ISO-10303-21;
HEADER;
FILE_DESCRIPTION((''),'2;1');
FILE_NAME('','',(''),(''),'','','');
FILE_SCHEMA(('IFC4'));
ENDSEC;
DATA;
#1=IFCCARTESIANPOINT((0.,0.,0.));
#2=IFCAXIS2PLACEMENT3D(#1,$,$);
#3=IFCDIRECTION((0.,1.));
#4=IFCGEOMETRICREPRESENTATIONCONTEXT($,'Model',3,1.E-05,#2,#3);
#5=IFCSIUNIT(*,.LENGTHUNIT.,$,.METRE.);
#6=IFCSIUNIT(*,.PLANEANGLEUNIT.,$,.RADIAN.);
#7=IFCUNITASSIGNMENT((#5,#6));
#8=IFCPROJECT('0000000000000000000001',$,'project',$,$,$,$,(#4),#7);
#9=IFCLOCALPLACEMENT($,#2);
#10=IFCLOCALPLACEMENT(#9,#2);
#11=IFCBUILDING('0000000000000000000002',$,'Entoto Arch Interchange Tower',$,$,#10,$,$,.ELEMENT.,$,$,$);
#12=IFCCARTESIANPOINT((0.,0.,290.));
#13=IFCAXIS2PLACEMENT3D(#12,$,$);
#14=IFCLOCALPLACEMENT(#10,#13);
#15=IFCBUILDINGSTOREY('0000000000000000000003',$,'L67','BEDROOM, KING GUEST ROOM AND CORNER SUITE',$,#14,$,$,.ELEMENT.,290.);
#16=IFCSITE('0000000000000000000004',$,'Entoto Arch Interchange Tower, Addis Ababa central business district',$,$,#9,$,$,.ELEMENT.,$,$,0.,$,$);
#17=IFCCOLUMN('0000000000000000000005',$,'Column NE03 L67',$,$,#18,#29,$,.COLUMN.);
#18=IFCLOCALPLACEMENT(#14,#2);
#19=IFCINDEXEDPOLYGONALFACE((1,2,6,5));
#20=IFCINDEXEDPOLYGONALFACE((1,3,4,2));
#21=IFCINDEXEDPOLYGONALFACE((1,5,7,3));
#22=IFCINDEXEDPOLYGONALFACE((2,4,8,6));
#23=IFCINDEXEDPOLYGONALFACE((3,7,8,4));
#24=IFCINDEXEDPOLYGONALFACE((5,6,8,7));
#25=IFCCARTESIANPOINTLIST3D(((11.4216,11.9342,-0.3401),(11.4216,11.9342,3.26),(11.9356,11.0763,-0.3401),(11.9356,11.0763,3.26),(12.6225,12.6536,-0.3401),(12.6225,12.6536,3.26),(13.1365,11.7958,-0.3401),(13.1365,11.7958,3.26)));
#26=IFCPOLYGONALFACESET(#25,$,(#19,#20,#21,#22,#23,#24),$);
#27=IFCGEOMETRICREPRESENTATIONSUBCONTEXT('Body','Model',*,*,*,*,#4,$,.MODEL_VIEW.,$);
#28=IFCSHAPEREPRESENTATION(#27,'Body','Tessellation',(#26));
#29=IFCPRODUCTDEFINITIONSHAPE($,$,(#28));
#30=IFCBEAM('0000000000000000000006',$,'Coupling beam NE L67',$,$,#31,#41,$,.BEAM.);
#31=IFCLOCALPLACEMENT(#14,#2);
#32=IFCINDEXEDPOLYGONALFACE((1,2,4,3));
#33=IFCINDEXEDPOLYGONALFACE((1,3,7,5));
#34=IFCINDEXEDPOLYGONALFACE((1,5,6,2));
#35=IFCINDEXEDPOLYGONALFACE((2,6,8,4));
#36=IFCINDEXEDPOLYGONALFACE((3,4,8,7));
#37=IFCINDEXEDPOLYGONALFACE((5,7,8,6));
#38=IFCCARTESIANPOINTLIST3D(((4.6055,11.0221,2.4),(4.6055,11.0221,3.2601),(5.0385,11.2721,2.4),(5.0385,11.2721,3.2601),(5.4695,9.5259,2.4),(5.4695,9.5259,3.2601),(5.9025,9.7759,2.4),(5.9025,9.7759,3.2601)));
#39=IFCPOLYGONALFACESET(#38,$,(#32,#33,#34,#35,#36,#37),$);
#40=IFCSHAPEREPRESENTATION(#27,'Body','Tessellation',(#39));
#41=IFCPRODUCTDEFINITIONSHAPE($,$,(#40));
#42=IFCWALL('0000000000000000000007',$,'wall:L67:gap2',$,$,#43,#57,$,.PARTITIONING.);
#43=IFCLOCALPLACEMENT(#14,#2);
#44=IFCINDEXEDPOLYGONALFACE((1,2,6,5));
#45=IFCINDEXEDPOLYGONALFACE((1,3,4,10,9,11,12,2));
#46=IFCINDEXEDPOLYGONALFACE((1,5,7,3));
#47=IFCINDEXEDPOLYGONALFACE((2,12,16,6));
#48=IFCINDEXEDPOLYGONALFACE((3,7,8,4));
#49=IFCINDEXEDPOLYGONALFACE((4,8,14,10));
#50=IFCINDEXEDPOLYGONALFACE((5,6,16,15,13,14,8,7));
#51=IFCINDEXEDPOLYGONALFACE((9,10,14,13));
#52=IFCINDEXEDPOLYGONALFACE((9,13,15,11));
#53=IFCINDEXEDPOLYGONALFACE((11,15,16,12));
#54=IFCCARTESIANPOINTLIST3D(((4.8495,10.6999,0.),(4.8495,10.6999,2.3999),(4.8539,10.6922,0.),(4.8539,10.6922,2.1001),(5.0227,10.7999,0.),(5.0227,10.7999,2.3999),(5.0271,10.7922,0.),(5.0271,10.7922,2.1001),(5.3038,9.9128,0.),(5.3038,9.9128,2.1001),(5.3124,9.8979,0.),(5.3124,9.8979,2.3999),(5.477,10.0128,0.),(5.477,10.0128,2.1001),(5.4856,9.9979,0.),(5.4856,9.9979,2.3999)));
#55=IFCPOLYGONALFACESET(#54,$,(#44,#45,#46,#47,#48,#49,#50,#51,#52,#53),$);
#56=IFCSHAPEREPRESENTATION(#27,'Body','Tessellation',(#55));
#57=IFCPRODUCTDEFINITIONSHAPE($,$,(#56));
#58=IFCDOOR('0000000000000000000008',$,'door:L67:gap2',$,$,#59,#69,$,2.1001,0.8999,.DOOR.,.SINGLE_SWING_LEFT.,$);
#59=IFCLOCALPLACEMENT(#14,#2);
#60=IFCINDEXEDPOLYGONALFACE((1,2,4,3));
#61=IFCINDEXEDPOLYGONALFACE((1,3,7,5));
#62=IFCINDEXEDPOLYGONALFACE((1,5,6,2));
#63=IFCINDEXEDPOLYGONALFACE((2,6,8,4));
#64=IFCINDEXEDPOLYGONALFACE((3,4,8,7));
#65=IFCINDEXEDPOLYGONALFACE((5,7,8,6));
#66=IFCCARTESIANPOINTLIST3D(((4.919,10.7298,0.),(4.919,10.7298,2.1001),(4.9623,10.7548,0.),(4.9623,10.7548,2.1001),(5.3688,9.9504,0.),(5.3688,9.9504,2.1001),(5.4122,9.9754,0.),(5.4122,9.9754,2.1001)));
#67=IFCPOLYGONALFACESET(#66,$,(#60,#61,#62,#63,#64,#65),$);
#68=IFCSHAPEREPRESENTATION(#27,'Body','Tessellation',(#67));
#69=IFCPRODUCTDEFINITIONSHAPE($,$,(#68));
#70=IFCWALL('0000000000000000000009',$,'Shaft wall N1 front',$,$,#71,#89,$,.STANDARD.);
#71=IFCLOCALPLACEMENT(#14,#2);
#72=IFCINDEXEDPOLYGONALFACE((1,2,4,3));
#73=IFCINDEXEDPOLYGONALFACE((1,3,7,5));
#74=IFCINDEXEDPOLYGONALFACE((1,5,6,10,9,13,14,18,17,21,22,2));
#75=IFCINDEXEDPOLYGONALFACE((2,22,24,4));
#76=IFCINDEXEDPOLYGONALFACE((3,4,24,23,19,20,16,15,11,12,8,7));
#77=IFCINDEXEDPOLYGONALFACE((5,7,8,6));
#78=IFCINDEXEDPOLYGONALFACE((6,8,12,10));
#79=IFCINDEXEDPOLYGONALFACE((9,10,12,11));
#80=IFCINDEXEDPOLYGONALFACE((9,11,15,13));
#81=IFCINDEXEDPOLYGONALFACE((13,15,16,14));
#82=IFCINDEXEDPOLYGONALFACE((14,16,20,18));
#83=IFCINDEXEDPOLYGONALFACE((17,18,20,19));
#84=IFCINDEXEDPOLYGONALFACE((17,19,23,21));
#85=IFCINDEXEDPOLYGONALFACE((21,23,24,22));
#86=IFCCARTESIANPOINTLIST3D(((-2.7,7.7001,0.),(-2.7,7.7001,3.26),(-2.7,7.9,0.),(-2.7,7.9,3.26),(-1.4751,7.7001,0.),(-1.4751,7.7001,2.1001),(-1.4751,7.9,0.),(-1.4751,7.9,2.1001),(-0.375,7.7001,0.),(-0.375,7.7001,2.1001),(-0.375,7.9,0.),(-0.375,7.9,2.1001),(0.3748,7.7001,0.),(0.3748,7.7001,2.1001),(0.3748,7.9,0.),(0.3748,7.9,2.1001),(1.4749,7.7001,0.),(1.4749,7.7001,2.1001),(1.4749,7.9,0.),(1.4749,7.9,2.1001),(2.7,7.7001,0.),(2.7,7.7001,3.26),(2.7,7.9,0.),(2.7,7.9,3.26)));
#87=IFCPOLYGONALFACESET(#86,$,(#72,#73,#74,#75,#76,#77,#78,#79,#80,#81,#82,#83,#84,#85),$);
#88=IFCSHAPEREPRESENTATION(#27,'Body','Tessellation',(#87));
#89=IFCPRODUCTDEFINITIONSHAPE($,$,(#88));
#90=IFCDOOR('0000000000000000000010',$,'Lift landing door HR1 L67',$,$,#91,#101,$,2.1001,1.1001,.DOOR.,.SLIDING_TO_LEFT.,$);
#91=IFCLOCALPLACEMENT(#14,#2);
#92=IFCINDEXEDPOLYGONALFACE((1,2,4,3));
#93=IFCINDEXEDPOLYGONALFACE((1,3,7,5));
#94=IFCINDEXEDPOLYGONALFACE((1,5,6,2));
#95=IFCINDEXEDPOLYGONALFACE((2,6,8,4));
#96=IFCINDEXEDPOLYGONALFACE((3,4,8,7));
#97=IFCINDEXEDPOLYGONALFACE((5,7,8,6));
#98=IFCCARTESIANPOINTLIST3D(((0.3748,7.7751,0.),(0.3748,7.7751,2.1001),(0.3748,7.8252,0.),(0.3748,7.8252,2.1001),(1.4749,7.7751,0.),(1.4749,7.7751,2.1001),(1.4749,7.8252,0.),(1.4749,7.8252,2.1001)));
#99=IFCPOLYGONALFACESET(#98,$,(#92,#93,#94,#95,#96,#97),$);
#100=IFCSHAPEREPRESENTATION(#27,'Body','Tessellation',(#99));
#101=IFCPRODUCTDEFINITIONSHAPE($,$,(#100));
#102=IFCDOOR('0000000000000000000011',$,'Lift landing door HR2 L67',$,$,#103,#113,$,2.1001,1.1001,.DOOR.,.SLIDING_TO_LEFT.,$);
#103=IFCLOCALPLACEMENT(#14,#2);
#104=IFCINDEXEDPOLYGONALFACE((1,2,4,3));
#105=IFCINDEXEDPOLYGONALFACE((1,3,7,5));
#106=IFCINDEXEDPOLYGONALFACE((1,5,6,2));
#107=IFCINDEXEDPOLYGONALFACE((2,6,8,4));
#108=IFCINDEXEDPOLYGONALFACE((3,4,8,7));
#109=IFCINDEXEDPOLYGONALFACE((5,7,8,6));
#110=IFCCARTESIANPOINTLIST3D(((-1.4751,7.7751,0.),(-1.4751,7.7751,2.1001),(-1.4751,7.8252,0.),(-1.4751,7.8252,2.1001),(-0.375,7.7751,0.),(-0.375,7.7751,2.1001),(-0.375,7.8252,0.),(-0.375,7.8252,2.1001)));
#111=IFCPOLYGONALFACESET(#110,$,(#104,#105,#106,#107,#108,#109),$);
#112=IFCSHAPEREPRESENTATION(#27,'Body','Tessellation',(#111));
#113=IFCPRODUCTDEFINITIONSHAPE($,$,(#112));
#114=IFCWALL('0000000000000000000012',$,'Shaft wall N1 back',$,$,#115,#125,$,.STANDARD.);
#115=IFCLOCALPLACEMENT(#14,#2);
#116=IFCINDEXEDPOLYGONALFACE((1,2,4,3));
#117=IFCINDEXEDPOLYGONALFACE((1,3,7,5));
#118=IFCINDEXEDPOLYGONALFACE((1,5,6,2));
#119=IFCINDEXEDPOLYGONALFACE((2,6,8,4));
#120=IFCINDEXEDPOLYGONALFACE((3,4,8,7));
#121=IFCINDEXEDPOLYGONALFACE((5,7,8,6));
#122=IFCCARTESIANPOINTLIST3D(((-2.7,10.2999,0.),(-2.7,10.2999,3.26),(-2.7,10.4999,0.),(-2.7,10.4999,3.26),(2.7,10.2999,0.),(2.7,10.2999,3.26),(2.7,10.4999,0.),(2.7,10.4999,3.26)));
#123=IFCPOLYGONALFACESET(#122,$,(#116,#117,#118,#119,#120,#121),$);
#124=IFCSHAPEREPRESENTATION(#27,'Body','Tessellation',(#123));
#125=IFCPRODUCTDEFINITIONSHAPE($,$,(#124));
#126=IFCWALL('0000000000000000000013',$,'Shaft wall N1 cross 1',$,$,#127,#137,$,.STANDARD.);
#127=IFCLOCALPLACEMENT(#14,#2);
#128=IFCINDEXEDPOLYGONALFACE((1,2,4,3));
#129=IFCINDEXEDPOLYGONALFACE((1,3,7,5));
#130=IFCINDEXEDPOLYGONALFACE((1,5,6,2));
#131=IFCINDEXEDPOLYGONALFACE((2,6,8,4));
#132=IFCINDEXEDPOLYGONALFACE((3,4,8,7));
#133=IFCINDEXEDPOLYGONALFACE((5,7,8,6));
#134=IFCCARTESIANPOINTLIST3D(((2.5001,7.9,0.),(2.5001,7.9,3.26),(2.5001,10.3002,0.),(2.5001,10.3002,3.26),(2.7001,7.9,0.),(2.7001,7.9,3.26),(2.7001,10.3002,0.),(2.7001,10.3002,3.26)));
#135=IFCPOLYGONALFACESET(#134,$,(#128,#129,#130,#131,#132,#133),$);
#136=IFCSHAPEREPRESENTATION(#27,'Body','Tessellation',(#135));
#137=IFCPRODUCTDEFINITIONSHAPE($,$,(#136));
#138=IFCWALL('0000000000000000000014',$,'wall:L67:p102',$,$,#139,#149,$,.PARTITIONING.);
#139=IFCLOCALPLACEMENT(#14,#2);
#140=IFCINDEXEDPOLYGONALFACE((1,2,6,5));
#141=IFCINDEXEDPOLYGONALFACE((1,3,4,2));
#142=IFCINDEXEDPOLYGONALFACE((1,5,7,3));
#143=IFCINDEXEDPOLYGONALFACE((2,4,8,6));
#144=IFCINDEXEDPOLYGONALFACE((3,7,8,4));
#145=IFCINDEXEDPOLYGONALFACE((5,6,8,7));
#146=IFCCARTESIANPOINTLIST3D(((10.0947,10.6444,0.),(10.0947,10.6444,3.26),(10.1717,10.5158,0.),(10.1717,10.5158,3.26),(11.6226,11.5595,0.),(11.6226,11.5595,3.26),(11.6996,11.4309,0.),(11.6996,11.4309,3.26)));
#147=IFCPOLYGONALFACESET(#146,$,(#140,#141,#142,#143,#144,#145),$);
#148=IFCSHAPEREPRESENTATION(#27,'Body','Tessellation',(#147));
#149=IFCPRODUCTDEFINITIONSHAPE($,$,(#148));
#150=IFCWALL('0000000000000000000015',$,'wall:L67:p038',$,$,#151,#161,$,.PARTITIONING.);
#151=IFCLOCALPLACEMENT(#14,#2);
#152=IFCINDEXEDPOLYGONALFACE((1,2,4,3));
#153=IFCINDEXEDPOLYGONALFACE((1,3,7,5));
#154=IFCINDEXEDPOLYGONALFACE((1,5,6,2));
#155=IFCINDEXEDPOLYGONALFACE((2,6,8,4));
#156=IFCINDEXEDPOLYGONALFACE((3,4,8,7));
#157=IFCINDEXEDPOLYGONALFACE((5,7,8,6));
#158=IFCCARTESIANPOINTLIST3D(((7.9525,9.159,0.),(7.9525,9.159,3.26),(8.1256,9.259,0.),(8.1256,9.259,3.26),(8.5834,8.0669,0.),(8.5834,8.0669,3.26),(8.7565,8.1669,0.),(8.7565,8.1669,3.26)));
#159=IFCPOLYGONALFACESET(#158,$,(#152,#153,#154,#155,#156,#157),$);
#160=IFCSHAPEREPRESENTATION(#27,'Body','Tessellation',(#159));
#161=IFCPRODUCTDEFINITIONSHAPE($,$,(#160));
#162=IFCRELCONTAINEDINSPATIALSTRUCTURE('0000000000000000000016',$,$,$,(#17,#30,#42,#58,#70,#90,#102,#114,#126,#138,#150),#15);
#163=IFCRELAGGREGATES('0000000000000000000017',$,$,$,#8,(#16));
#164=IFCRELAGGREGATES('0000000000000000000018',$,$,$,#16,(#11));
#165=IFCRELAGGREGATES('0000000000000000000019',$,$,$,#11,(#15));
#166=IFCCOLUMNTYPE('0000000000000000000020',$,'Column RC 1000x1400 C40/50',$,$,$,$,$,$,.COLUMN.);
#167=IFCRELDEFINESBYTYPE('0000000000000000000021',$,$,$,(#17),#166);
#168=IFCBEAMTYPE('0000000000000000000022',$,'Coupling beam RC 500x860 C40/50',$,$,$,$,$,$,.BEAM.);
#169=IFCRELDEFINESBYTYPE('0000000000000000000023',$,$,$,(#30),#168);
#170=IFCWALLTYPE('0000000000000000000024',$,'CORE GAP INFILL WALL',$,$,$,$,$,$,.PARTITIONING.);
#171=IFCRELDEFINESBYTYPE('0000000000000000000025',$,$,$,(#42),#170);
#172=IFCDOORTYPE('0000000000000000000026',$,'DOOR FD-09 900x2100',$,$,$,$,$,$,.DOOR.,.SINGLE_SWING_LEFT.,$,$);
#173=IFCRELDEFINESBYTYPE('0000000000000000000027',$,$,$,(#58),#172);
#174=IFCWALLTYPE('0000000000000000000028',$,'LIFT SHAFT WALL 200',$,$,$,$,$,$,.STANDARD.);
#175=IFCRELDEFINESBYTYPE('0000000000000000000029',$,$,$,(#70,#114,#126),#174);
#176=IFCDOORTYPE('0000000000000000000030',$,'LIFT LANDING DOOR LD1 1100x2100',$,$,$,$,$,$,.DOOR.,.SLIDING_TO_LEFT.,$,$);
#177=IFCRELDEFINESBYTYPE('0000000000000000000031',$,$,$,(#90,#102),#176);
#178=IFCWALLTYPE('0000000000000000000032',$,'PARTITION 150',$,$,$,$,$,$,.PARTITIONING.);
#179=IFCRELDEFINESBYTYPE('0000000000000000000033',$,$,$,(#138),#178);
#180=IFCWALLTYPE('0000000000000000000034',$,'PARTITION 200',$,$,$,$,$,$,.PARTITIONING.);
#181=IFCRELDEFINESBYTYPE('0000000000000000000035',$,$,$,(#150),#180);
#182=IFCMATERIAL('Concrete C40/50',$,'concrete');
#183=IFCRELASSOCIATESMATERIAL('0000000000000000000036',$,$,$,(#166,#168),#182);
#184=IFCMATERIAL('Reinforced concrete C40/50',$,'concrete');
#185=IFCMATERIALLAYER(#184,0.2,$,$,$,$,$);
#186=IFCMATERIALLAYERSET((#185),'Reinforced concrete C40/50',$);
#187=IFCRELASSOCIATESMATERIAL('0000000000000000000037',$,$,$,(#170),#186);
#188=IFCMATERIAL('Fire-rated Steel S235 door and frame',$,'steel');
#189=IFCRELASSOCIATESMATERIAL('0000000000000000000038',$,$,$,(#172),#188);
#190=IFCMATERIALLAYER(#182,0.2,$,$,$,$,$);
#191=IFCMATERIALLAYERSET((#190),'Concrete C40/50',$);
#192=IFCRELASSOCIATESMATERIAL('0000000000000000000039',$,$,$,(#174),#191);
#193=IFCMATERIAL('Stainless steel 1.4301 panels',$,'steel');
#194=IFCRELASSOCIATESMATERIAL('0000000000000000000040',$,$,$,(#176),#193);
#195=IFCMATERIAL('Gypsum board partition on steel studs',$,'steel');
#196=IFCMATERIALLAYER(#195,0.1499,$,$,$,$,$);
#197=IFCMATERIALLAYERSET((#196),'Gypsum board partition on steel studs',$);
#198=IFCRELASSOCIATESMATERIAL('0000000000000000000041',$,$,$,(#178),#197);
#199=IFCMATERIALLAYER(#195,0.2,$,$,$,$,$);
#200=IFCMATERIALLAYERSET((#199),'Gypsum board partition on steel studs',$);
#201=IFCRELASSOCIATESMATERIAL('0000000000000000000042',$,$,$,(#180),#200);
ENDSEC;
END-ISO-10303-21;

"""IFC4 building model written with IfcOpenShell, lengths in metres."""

from ifc_helpers import new_model, si_unit, direction, frame, frame_2d, origin, origin_2d, place, context, subcontext, project, spatial, rectangle, extrude, material, layer, layer_set, material_profile, profile_set, type_object, element, fill, save


model = new_model("IFC4")

# Units and contexts
model_context = context("Model", 3, precision=1e-05, world=origin(), true_north=direction((0.0, 1.0)))
body_context = subcontext(model_context, "Body", "Model", "MODEL_VIEW")
ifc_project = project(units=[si_unit("LENGTHUNIT", "METRE"), si_unit("PLANEANGLEUNIT", "RADIAN")], contexts=[model_context])

# Site, building, storey
site_placement = place(None, origin())
site = spatial("IfcSite", under=ifc_project, at=site_placement, Name="Entoto Arch Interchange Tower, Addis Ababa central business district", CompositionType="ELEMENT", RefElevation=0.0)
building_placement = place(site_placement, origin())
building = spatial("IfcBuilding", under=site, at=building_placement, Name="Entoto Arch Interchange Tower", CompositionType="ELEMENT")
storey_placement = place(building_placement, frame((0.0, 0.0, 290.0)))
storey = spatial("IfcBuildingStorey", under=building, at=storey_placement, Name="L67", Description="BEDROOM, KING GUEST ROOM AND CORNER SUITE", CompositionType="ELEMENT", Elevation=290.0)

# Column
ifc_material_1 = material(Name="Concrete C40/50", Category="concrete")
ifc_material_profile_1 = material_profile(ifc_material_1, rectangle(XDim=1.0, YDim=1.3999, at=origin_2d()))
ifc_profile_set_1 = profile_set([ifc_material_profile_1], Name="Concrete C40/50")
column_type = type_object("IfcColumnType", Name="Column RC 1000x1400 C40/50", PredefinedType="COLUMN", material=ifc_profile_set_1)
column_placement = place(storey_placement, frame((12.2791, 11.865, -0.3401), z_axis=(0.0, 0.0, 1.0), x_axis=(-0.513946, 0.857823, 0.0)))
element("IfcColumn", 1, at=column_placement, inside=storey, type_object=column_type, Name="Column NE03 L67", PredefinedType="COLUMN", context=body_context, shape_type="SweptSolid", body=[
    extrude(rectangle(XDim=1.0, YDim=1.3999, at=origin_2d()), origin(), (0.0, 0.0, 1.0), 3.6001),
])

# Beam
ifc_material_profile_2 = material_profile(ifc_material_1, rectangle(XDim=0.5, YDim=0.8601, at=origin_2d()))
ifc_profile_set_2 = profile_set([ifc_material_profile_2], Name="Concrete C40/50")
beam_type = type_object("IfcBeamType", Name="Coupling beam RC 500x860 C40/50", PredefinedType="BEAM", material=ifc_profile_set_2)
beam_placement = place(storey_placement, frame((5.686, 9.6509, 2.8301), z_axis=(-0.500106, 0.865964, 0.0), x_axis=(-0.865964, -0.500106, 0.0)))
element("IfcBeam", 2, at=beam_placement, inside=storey, type_object=beam_type, Name="Coupling beam NE L67", PredefinedType="BEAM", context=body_context, shape_type="SweptSolid", body=[
    extrude(rectangle(XDim=0.5, YDim=0.8601, at=origin_2d()), origin(), (0.0, 0.0, 1.0), 1.7278),
])

# Wall, opening, door
ifc_material_2 = material(Name="Reinforced concrete C40/50", Category="concrete")
ifc_layer_1 = layer(ifc_material_2, 0.2)
ifc_layer_set_1 = layer_set([ifc_layer_1], Name="Reinforced concrete C40/50")
wall_type_1 = type_object("IfcWallType", Name="CORE GAP INFILL WALL", PredefinedType="PARTITIONING", material=ifc_layer_set_1)
wall_1_placement = place(storey_placement, frame((5.3989, 9.948, 0.0), z_axis=(0.0, 0.0, 1.0), x_axis=(-0.499882, 0.866093, 0.0)))
wall_1 = element("IfcWall", 3, at=wall_1_placement, inside=storey, type_object=wall_type_1, Name="wall:L67:gap2", PredefinedType="PARTITIONING", context=body_context, shape_type="SweptSolid", body=[
    extrude(rectangle(XDim=0.926, YDim=0.2, at=frame_2d((0.4629, 0.0))), origin(), (0.0, 0.0, 1.0), 2.3999),
])
opening_1_placement = place(wall_1_placement, frame((0.0171, 0.0, 0.0)))
opening_1 = element("IfcOpeningElement", 4, at=opening_1_placement, cuts=wall_1, PredefinedType="OPENING", context=body_context, shape_type="SweptSolid", body=[
    extrude(rectangle(XDim=0.8999, YDim=2.1001, at=frame_2d((0.45, 1.05))), frame((0.0, 0.1099, 0.0), z_axis=(0.0, -1.0, 0.0), x_axis=(1.0, 0.0, 0.0)), (0.0, 0.0, 1.0), 0.22),
])
ifc_material_3 = material(Name="Fire-rated Steel S235 door and frame", Category="steel")
door_type_1 = type_object("IfcDoorType", Name="DOOR FD-09 900x2100", OperationType="SINGLE_SWING_LEFT", PredefinedType="DOOR", material=ifc_material_3)
door_1_placement = place(opening_1_placement, origin())
door_1 = element("IfcDoor", 5, at=door_1_placement, inside=storey, type_object=door_type_1, Name="door:L67:gap2", OperationType="SINGLE_SWING_LEFT", OverallHeight=2.1001, OverallWidth=0.8999, PredefinedType="DOOR", context=body_context, shape_type="SweptSolid", body=[
    extrude(rectangle(XDim=0.8999, YDim=2.1001, at=frame_2d((0.45, 1.05))), frame((0.0, 0.0249, 0.0), z_axis=(0.0, -1.0, 0.0), x_axis=(1.0, 0.0, 0.0)), (0.0, 0.0, 1.0), 0.05),
])
fill(opening_1, door_1)

# Wall, openings, doors
ifc_layer_2 = layer(ifc_material_1, 0.2)
ifc_layer_set_2 = layer_set([ifc_layer_2], Name="Concrete C40/50")
wall_type_2 = type_object("IfcWallType", Name="LIFT SHAFT WALL 200", PredefinedType="STANDARD", material=ifc_layer_set_2)
wall_2_placement = place(storey_placement, frame((2.7, 7.8, 0.0), z_axis=(0.0, 0.0, 1.0), x_axis=(-1.0, 0.0, 0.0)))
wall_2 = element("IfcWall", 6, at=wall_2_placement, inside=storey, type_object=wall_type_2, Name="Shaft wall N1 front", PredefinedType="STANDARD", context=body_context, shape_type="SweptSolid", body=[
    extrude(rectangle(XDim=5.3999, YDim=0.2, at=frame_2d((2.7, 0.0))), origin(), (0.0, 0.0, 1.0), 3.26),
])
opening_2_placement = place(wall_2_placement, frame((1.2251, 0.0, 0.0)))
opening_2 = element("IfcOpeningElement", 7, at=opening_2_placement, cuts=wall_2, PredefinedType="OPENING", context=body_context, shape_type="SweptSolid", body=[
    extrude(rectangle(XDim=1.1001, YDim=2.1001, at=frame_2d((0.55, 1.05))), frame((0.0, 0.1099, 0.0), z_axis=(0.0, -1.0, 0.0), x_axis=(1.0, 0.0, 0.0)), (0.0, 0.0, 1.0), 0.22),
])
opening_3_placement = place(wall_2_placement, frame((3.075, 0.0, 0.0)))
opening_3 = element("IfcOpeningElement", 8, at=opening_3_placement, cuts=wall_2, PredefinedType="OPENING", context=body_context, shape_type="SweptSolid", body=[
    extrude(rectangle(XDim=1.1001, YDim=2.1001, at=frame_2d((0.55, 1.05))), frame((0.0, 0.1099, 0.0), z_axis=(0.0, -1.0, 0.0), x_axis=(1.0, 0.0, 0.0)), (0.0, 0.0, 1.0), 0.22),
])
ifc_material_4 = material(Name="Stainless steel 1.4301 panels", Category="steel")
door_type_2 = type_object("IfcDoorType", Name="LIFT LANDING DOOR LD1 1100x2100", OperationType="SLIDING_TO_LEFT", PredefinedType="DOOR", material=ifc_material_4)
door_2_placement = place(opening_2_placement, origin())
door_2 = element("IfcDoor", 9, at=door_2_placement, inside=storey, type_object=door_type_2, Name="Lift landing door HR1 L67", OperationType="SLIDING_TO_LEFT", OverallHeight=2.1001, OverallWidth=1.1001, PredefinedType="DOOR", context=body_context, shape_type="SweptSolid", body=[
    extrude(rectangle(XDim=1.1001, YDim=2.1001, at=frame_2d((0.55, 1.05))), frame((0.0, 0.0249, 0.0), z_axis=(0.0, -1.0, 0.0), x_axis=(1.0, 0.0, 0.0)), (0.0, 0.0, 1.0), 0.05),
])
fill(opening_2, door_2)
door_3_placement = place(opening_3_placement, origin())
door_3 = element("IfcDoor", 10, at=door_3_placement, inside=storey, type_object=door_type_2, Name="Lift landing door HR2 L67", OperationType="SLIDING_TO_LEFT", OverallHeight=2.1001, OverallWidth=1.1001, PredefinedType="DOOR", context=body_context, shape_type="SweptSolid", body=[
    extrude(rectangle(XDim=1.1001, YDim=2.1001, at=frame_2d((0.55, 1.05))), frame((0.0, 0.0249, 0.0), z_axis=(0.0, -1.0, 0.0), x_axis=(1.0, 0.0, 0.0)), (0.0, 0.0, 1.0), 0.05),
])
fill(opening_3, door_3)

# Walls
wall_3_placement = place(storey_placement, frame((2.7, 10.3999, 0.0), z_axis=(0.0, 0.0, 1.0), x_axis=(-1.0, 0.0, 0.0)))
element("IfcWall", 11, at=wall_3_placement, inside=storey, type_object=wall_type_2, Name="Shaft wall N1 back", PredefinedType="STANDARD", context=body_context, shape_type="SweptSolid", body=[
    extrude(rectangle(XDim=5.3999, YDim=0.2, at=frame_2d((2.7, 0.0))), origin(), (0.0, 0.0, 1.0), 3.26),
])
wall_4_placement = place(storey_placement, frame((2.6001, 7.8999, 0.0), z_axis=(0.0, 0.0, 1.0), x_axis=(0.0, 1.0, 0.0)))
element("IfcWall", 12, at=wall_4_placement, inside=storey, type_object=wall_type_2, Name="Shaft wall N1 cross 1", PredefinedType="STANDARD", context=body_context, shape_type="SweptSolid", body=[
    extrude(rectangle(XDim=2.4001, YDim=0.2, at=frame_2d((1.2002, 0.0))), origin(), (0.0, 0.0, 1.0), 3.26),
])
ifc_material_5 = material(Name="Gypsum board partition on steel studs", Category="steel")
ifc_layer_3 = layer(ifc_material_5, 0.1499)
ifc_layer_set_3 = layer_set([ifc_layer_3], Name="Gypsum board partition on steel studs")
wall_type_3 = type_object("IfcWallType", Name="PARTITION 150", PredefinedType="PARTITIONING", material=ifc_layer_set_3)
wall_5_placement = place(storey_placement, frame((10.1331, 10.5801, 0.0), z_axis=(0.0, 0.0, 1.0), x_axis=(0.857904, 0.51381, 0.0)))
element("IfcWall", 13, at=wall_5_placement, inside=storey, type_object=wall_type_3, Name="wall:L67:p102", PredefinedType="PARTITIONING", context=body_context, shape_type="SweptSolid", body=[
    extrude(rectangle(XDim=1.781, YDim=0.1499, at=frame_2d((0.8906, 0.0))), origin(), (0.0, 0.0, 1.0), 3.26),
])
ifc_layer_4 = layer(ifc_material_5, 0.2)
ifc_layer_set_4 = layer_set([ifc_layer_4], Name="Gypsum board partition on steel studs")
wall_type_4 = type_object("IfcWallType", Name="PARTITION 200", PredefinedType="PARTITIONING", material=ifc_layer_set_4)
wall_6_placement = place(storey_placement, frame((8.0391, 9.209, 0.0), z_axis=(0.0, 0.0, 1.0), x_axis=(0.50022, -0.865899, 0.0)))
element("IfcWall", 14, at=wall_6_placement, inside=storey, type_object=wall_type_4, Name="wall:L67:p038", PredefinedType="PARTITIONING", context=body_context, shape_type="SweptSolid", body=[
    extrude(rectangle(XDim=1.2612, YDim=0.2, at=frame_2d((0.6306, 0.0))), origin(), (0.0, 0.0, 1.0), 3.26),
])

save(model, "model.ifc")
